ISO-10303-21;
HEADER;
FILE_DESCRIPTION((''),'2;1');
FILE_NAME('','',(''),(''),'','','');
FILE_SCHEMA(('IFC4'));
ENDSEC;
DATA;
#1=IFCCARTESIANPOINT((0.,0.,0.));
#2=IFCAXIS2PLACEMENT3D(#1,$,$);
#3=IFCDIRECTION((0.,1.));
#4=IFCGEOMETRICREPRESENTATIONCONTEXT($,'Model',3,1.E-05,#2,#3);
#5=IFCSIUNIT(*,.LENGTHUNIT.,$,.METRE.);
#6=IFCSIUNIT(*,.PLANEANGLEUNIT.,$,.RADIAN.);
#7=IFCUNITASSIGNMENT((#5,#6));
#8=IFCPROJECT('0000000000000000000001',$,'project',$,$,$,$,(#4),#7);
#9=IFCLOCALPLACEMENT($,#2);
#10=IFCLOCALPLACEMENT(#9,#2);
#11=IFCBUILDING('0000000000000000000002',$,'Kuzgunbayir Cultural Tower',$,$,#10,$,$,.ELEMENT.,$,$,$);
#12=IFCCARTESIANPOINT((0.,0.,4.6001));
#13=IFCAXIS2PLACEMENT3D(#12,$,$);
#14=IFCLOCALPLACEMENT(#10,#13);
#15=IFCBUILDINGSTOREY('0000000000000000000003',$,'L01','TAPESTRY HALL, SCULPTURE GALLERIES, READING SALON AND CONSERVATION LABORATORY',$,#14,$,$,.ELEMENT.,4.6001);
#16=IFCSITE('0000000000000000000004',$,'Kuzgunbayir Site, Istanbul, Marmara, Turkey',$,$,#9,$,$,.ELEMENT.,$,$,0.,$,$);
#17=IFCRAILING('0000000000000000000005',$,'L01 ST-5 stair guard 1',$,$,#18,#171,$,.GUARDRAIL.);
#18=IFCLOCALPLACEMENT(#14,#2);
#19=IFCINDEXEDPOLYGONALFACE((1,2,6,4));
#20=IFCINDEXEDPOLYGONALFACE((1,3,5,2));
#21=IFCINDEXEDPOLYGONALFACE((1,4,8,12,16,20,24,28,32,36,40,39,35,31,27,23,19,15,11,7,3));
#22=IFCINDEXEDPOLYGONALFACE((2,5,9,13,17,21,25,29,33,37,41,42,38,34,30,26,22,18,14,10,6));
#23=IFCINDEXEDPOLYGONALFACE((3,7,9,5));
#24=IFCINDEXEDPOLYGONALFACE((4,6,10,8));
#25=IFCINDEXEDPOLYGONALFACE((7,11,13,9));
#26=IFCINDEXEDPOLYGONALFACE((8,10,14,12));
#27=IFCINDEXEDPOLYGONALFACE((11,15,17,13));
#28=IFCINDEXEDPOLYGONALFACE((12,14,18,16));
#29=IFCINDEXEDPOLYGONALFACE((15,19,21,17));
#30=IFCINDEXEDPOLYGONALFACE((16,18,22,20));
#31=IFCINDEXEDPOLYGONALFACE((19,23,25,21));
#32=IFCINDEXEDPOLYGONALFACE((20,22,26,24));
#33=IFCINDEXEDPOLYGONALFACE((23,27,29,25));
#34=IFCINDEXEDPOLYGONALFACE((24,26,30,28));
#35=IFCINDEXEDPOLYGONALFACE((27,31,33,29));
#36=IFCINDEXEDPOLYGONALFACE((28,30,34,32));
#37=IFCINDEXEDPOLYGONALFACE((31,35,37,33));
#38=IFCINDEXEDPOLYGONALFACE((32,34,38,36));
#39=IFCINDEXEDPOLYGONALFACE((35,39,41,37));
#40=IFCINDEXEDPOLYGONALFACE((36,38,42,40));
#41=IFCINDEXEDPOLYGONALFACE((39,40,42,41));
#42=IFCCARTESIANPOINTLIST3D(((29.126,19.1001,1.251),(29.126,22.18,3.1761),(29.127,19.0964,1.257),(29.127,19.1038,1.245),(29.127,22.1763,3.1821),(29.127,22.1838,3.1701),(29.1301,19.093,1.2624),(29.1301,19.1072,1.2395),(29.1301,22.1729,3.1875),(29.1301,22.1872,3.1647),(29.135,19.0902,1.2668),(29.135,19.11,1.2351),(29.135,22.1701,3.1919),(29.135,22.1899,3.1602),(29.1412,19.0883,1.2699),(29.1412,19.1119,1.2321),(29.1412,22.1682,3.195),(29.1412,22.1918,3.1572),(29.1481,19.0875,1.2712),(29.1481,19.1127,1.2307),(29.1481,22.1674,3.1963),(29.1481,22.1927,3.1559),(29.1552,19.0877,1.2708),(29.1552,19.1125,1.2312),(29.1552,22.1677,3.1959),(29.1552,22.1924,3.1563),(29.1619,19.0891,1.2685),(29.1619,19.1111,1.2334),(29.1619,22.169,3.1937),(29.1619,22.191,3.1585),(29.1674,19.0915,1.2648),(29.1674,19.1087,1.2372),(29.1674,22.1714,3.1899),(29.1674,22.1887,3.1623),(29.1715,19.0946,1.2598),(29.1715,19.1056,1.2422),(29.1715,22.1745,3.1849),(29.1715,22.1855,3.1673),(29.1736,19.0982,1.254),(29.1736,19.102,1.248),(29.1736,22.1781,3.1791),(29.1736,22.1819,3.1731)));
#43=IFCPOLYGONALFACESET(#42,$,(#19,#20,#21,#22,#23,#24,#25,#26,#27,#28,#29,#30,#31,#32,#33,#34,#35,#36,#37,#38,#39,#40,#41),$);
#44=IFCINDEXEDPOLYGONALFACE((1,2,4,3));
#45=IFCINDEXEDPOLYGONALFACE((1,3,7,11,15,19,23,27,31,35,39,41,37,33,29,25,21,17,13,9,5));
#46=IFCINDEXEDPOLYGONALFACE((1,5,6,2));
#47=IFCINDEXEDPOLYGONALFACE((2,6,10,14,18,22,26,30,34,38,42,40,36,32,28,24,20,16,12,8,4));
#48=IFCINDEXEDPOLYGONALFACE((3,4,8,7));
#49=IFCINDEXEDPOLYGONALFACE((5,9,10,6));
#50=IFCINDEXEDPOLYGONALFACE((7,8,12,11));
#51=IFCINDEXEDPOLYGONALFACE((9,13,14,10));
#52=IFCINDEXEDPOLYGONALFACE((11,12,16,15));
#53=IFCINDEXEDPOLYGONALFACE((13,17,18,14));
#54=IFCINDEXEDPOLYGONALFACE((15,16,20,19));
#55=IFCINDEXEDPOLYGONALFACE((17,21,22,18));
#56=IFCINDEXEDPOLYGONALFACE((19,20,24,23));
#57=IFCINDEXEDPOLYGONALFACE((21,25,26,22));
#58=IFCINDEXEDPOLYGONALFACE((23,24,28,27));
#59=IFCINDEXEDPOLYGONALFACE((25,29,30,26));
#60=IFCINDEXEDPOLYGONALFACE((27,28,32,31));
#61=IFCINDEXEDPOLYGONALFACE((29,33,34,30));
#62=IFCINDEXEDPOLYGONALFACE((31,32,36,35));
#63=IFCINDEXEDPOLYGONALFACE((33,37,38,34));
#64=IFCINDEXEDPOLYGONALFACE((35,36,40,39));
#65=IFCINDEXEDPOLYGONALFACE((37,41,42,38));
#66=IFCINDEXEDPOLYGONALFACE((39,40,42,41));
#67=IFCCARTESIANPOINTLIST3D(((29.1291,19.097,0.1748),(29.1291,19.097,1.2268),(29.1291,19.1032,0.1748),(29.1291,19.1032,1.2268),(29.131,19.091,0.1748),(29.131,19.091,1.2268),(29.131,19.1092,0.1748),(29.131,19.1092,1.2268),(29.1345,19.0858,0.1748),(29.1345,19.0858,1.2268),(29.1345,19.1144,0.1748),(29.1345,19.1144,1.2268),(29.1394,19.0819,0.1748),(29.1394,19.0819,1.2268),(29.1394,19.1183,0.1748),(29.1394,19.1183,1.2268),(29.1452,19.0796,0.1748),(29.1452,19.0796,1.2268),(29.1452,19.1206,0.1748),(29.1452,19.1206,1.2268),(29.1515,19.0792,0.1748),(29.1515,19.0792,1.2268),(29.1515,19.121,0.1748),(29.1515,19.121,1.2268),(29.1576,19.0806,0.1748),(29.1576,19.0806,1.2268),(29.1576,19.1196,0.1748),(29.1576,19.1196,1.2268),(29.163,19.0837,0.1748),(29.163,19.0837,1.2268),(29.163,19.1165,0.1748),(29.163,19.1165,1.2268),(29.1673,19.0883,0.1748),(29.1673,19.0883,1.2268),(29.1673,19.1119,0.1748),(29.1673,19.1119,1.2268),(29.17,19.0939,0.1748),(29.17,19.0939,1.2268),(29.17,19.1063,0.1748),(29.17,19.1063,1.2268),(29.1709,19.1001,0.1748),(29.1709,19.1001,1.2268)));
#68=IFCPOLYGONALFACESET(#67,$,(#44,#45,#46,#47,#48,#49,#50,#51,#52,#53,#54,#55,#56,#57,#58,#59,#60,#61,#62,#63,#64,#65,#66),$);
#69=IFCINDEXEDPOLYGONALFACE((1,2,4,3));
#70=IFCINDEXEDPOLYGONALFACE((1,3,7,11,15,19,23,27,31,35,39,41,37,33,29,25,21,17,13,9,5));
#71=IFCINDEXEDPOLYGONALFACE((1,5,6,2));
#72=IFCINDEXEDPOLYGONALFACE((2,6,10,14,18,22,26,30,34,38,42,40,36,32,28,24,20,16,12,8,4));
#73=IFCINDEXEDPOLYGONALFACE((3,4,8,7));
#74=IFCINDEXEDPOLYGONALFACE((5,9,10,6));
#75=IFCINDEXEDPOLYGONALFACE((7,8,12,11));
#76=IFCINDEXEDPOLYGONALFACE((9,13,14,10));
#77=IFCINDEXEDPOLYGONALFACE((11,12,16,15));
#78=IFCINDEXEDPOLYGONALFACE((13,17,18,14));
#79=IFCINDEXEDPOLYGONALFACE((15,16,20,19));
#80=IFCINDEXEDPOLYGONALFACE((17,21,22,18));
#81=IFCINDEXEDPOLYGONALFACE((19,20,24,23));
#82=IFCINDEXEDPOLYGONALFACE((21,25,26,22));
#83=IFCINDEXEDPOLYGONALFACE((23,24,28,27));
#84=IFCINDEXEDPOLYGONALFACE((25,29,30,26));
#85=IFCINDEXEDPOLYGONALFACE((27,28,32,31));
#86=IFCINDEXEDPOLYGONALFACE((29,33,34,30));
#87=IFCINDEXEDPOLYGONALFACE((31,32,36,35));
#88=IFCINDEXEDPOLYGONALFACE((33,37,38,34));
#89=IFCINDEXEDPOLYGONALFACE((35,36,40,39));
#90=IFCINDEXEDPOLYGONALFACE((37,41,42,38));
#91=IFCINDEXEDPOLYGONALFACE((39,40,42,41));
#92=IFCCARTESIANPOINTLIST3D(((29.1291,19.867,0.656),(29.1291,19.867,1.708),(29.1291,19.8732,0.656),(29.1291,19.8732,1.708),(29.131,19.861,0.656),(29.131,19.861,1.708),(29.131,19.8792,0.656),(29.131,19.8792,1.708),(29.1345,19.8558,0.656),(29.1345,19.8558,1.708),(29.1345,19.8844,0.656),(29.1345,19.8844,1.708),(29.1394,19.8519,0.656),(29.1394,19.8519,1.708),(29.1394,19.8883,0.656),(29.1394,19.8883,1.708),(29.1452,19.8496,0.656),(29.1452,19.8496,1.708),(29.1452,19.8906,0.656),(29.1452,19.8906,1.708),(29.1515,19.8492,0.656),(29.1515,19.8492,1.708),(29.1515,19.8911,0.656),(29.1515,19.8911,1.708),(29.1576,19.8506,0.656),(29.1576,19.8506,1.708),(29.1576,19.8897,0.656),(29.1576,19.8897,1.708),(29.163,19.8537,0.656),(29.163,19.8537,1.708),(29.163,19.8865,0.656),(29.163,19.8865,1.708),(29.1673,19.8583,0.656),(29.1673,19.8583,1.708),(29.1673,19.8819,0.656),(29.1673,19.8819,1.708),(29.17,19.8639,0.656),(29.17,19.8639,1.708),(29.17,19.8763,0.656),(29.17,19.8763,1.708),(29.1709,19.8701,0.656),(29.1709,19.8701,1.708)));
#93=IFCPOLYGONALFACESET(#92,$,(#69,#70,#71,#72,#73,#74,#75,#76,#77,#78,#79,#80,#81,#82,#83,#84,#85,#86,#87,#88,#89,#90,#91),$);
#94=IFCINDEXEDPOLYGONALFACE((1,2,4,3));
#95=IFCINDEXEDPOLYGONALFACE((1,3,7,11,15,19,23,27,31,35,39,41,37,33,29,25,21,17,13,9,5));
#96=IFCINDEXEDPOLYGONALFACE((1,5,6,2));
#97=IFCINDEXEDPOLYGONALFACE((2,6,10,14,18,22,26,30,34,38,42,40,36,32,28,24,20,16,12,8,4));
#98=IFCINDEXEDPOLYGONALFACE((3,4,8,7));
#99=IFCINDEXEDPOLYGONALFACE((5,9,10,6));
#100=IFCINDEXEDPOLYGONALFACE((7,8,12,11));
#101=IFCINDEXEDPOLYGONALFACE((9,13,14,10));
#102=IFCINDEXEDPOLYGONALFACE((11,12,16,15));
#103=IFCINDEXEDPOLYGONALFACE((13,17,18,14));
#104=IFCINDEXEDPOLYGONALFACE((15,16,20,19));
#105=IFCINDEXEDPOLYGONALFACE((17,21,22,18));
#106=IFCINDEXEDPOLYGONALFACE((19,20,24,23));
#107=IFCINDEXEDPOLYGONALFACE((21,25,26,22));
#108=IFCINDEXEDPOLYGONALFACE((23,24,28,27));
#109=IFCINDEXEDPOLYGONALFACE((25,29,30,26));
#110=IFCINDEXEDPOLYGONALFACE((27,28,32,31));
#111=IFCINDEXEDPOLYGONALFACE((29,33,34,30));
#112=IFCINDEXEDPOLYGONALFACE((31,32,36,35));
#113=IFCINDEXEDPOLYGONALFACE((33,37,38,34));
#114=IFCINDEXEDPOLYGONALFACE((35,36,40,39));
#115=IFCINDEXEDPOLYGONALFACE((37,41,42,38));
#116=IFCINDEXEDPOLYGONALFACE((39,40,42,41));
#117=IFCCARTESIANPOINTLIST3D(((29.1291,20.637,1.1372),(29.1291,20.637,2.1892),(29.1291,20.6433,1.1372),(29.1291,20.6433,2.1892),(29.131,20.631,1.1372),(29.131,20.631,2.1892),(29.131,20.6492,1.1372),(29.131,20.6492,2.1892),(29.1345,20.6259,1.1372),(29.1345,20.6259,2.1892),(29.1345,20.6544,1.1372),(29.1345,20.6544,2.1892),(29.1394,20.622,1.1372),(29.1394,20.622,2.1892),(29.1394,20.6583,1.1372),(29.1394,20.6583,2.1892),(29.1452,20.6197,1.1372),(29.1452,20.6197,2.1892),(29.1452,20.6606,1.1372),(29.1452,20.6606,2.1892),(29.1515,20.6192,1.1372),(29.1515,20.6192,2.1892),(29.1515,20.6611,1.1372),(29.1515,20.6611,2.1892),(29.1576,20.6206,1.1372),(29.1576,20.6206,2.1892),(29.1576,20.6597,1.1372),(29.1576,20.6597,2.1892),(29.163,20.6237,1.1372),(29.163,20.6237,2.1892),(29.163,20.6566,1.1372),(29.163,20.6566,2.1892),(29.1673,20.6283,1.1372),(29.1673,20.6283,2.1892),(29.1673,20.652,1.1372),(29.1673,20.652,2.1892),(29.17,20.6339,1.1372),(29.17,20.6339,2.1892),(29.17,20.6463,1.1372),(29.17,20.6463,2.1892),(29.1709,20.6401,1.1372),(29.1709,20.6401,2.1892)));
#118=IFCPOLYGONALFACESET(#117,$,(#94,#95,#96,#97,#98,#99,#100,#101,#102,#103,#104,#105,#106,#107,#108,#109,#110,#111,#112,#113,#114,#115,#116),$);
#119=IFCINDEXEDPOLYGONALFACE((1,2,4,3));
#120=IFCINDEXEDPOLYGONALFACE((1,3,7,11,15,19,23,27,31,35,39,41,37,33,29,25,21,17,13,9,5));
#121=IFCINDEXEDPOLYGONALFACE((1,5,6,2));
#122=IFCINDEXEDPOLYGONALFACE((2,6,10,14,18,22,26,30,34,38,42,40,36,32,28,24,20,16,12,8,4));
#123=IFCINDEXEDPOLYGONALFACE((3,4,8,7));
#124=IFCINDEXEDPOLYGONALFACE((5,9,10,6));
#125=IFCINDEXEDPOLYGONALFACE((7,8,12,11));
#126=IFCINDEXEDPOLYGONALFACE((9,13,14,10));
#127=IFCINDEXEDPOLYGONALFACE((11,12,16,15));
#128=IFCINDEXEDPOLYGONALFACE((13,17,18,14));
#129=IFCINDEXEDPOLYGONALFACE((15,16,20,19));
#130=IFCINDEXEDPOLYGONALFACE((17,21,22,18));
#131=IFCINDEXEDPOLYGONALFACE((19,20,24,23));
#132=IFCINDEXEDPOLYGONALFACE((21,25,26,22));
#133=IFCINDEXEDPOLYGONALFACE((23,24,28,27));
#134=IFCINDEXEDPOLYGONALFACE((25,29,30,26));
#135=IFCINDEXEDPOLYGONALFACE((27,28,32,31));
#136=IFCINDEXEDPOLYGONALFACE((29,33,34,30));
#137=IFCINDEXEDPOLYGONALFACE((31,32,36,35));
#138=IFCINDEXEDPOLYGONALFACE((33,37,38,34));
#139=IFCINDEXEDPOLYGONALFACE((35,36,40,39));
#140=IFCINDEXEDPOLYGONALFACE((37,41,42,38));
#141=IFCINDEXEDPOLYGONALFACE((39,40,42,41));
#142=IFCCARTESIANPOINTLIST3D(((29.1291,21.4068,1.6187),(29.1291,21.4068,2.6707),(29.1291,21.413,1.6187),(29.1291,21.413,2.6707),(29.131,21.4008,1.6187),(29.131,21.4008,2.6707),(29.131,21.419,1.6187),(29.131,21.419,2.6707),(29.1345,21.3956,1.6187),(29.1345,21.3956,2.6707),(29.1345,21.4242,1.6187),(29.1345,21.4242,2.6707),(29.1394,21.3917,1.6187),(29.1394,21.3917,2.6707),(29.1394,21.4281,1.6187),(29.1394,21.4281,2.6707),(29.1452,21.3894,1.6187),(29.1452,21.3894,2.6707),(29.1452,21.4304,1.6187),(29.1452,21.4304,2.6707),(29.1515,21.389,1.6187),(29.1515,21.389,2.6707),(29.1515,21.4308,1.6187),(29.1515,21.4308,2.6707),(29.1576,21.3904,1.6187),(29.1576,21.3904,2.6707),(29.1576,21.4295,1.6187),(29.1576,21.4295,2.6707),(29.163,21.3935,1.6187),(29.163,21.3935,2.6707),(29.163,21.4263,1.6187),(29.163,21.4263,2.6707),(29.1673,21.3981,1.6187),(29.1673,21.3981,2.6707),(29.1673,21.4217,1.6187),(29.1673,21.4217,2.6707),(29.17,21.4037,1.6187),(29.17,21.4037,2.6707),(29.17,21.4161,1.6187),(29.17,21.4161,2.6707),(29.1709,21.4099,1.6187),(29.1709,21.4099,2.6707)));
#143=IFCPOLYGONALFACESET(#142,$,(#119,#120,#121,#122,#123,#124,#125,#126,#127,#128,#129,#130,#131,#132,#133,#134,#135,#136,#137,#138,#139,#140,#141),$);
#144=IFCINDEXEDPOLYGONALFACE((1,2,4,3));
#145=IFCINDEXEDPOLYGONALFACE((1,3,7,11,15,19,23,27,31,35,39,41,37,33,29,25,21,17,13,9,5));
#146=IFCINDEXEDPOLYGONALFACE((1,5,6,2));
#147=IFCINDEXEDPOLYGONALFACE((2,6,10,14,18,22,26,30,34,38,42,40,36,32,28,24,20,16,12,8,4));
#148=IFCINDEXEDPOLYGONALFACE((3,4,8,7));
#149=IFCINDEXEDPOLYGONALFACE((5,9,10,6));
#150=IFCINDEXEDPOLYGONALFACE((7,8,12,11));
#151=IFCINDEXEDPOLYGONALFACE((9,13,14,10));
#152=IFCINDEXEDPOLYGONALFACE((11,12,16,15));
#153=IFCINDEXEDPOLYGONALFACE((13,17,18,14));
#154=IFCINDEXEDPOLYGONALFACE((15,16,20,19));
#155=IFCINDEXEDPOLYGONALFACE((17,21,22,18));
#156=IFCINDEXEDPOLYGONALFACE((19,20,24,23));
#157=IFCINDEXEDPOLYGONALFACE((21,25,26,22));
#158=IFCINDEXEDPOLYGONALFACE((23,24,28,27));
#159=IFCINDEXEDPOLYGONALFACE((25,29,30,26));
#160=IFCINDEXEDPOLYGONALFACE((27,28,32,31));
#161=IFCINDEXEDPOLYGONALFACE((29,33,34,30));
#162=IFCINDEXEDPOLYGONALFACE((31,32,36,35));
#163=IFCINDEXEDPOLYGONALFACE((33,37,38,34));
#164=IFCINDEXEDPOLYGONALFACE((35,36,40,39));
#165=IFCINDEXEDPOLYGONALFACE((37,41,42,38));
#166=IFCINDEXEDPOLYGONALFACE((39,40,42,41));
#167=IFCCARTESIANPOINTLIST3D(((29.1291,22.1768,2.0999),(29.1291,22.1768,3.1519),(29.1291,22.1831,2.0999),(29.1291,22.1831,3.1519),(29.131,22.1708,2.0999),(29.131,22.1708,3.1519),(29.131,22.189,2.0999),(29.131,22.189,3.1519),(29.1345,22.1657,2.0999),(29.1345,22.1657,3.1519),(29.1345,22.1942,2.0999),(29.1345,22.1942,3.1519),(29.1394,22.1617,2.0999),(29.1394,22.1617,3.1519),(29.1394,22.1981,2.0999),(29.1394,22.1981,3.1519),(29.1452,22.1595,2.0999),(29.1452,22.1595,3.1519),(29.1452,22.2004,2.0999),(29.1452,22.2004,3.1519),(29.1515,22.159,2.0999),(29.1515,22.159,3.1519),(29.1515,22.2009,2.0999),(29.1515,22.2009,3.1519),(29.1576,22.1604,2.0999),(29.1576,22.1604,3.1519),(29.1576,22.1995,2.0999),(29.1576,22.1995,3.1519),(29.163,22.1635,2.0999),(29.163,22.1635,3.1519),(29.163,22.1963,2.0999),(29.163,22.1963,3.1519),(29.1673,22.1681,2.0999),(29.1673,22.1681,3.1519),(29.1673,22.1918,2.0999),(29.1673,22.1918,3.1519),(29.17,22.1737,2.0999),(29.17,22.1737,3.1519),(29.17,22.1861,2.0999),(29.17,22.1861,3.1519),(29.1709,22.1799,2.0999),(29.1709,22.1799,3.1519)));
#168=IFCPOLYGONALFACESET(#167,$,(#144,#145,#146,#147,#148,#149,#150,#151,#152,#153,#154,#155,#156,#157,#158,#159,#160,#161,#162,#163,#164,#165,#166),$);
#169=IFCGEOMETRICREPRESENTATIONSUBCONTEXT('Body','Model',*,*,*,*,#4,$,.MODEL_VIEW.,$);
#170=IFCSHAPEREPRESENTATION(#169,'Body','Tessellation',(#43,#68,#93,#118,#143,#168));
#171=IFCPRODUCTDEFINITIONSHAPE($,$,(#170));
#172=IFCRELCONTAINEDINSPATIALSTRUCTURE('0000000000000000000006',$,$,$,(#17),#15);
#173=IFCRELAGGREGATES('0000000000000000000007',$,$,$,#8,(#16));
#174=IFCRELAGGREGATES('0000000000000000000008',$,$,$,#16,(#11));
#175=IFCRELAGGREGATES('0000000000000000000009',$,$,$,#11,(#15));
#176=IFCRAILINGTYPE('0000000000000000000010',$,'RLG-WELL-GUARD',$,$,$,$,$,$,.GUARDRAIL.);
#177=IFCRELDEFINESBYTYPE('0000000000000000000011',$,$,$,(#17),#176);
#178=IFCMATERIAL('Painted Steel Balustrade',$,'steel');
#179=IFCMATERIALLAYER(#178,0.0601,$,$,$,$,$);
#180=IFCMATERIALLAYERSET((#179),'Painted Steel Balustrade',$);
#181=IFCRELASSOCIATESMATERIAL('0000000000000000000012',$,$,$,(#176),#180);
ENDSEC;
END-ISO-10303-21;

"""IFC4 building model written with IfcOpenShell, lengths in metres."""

from ifc_helpers import new_model, si_unit, direction, frame, origin, origin_2d, place, context, subcontext, project, spatial, circle, extrude, material, layer, layer_set, type_object, element, save


model = new_model("IFC4")

# Units and contexts
model_context = context("Model", 3, precision=1e-05, world=origin(), true_north=direction((0.0, 1.0)))
body_context = subcontext(model_context, "Body", "Model", "MODEL_VIEW")
ifc_project = project(units=[si_unit("LENGTHUNIT", "METRE"), si_unit("PLANEANGLEUNIT", "RADIAN")], contexts=[model_context])

# Site, building, storey
site_placement = place(None, origin())
site = spatial("IfcSite", under=ifc_project, at=site_placement, Name="Kuzgunbayir Site, Istanbul, Marmara, Turkey", CompositionType="ELEMENT", RefElevation=0.0)
building_placement = place(site_placement, origin())
building = spatial("IfcBuilding", under=site, at=building_placement, Name="Kuzgunbayir Cultural Tower", CompositionType="ELEMENT")
storey_placement = place(building_placement, frame((0.0, 0.0, 4.6001)))
storey = spatial("IfcBuildingStorey", under=building, at=storey_placement, Name="L01", Description="TAPESTRY HALL, SCULPTURE GALLERIES, READING SALON AND CONSERVATION LABORATORY", CompositionType="ELEMENT", Elevation=4.6001)

# Railing
ifc_material_1 = material(Name="Painted Steel Balustrade", Category="steel")
ifc_layer_1 = layer(ifc_material_1, 0.0601)
ifc_layer_set_1 = layer_set([ifc_layer_1], Name="Painted Steel Balustrade")
railing_type_1 = type_object("IfcRailingType", Name="RLG-WELL-GUARD", PredefinedType="GUARDRAIL", material=ifc_layer_set_1)
railing_1_placement = place(storey_placement, frame((29.1499, 19.1001, 0.1748)))
element("IfcRailing", 1, at=railing_1_placement, inside=storey, type_object=railing_type_1, Name="L01 ST-5 stair guard 1", PredefinedType="GUARDRAIL", context=body_context, shape_type="SweptSolid", body=[
    extrude(circle(Radius=0.0239, at=origin_2d()), frame((0.0, 0.0, 1.0762), z_axis=(0.0, 0.847979, 0.530029), x_axis=(-1.0, 0.0, 0.0)), (0.0, 0.0, 1.0), 3.6321),
    extrude(circle(Radius=0.021, at=origin_2d()), origin(), (0.0, 0.0, 1.0), 1.052),
    extrude(circle(Radius=0.021, at=origin_2d()), frame((0.0, 0.77, 0.4812)), (0.0, 0.0, 1.0), 1.052),
    extrude(circle(Radius=0.021, at=origin_2d()), frame((0.0, 1.54, 0.9624)), (0.0, 0.0, 1.0), 1.052),
    extrude(circle(Radius=0.021, at=origin_2d()), frame((0.0, 2.3098, 1.4438)), (0.0, 0.0, 1.0), 1.052),
    extrude(circle(Radius=0.021, at=origin_2d()), frame((0.0, 3.0798, 1.925)), (0.0, 0.0, 1.0), 1.052),
])

save(model, "model.ifc")
